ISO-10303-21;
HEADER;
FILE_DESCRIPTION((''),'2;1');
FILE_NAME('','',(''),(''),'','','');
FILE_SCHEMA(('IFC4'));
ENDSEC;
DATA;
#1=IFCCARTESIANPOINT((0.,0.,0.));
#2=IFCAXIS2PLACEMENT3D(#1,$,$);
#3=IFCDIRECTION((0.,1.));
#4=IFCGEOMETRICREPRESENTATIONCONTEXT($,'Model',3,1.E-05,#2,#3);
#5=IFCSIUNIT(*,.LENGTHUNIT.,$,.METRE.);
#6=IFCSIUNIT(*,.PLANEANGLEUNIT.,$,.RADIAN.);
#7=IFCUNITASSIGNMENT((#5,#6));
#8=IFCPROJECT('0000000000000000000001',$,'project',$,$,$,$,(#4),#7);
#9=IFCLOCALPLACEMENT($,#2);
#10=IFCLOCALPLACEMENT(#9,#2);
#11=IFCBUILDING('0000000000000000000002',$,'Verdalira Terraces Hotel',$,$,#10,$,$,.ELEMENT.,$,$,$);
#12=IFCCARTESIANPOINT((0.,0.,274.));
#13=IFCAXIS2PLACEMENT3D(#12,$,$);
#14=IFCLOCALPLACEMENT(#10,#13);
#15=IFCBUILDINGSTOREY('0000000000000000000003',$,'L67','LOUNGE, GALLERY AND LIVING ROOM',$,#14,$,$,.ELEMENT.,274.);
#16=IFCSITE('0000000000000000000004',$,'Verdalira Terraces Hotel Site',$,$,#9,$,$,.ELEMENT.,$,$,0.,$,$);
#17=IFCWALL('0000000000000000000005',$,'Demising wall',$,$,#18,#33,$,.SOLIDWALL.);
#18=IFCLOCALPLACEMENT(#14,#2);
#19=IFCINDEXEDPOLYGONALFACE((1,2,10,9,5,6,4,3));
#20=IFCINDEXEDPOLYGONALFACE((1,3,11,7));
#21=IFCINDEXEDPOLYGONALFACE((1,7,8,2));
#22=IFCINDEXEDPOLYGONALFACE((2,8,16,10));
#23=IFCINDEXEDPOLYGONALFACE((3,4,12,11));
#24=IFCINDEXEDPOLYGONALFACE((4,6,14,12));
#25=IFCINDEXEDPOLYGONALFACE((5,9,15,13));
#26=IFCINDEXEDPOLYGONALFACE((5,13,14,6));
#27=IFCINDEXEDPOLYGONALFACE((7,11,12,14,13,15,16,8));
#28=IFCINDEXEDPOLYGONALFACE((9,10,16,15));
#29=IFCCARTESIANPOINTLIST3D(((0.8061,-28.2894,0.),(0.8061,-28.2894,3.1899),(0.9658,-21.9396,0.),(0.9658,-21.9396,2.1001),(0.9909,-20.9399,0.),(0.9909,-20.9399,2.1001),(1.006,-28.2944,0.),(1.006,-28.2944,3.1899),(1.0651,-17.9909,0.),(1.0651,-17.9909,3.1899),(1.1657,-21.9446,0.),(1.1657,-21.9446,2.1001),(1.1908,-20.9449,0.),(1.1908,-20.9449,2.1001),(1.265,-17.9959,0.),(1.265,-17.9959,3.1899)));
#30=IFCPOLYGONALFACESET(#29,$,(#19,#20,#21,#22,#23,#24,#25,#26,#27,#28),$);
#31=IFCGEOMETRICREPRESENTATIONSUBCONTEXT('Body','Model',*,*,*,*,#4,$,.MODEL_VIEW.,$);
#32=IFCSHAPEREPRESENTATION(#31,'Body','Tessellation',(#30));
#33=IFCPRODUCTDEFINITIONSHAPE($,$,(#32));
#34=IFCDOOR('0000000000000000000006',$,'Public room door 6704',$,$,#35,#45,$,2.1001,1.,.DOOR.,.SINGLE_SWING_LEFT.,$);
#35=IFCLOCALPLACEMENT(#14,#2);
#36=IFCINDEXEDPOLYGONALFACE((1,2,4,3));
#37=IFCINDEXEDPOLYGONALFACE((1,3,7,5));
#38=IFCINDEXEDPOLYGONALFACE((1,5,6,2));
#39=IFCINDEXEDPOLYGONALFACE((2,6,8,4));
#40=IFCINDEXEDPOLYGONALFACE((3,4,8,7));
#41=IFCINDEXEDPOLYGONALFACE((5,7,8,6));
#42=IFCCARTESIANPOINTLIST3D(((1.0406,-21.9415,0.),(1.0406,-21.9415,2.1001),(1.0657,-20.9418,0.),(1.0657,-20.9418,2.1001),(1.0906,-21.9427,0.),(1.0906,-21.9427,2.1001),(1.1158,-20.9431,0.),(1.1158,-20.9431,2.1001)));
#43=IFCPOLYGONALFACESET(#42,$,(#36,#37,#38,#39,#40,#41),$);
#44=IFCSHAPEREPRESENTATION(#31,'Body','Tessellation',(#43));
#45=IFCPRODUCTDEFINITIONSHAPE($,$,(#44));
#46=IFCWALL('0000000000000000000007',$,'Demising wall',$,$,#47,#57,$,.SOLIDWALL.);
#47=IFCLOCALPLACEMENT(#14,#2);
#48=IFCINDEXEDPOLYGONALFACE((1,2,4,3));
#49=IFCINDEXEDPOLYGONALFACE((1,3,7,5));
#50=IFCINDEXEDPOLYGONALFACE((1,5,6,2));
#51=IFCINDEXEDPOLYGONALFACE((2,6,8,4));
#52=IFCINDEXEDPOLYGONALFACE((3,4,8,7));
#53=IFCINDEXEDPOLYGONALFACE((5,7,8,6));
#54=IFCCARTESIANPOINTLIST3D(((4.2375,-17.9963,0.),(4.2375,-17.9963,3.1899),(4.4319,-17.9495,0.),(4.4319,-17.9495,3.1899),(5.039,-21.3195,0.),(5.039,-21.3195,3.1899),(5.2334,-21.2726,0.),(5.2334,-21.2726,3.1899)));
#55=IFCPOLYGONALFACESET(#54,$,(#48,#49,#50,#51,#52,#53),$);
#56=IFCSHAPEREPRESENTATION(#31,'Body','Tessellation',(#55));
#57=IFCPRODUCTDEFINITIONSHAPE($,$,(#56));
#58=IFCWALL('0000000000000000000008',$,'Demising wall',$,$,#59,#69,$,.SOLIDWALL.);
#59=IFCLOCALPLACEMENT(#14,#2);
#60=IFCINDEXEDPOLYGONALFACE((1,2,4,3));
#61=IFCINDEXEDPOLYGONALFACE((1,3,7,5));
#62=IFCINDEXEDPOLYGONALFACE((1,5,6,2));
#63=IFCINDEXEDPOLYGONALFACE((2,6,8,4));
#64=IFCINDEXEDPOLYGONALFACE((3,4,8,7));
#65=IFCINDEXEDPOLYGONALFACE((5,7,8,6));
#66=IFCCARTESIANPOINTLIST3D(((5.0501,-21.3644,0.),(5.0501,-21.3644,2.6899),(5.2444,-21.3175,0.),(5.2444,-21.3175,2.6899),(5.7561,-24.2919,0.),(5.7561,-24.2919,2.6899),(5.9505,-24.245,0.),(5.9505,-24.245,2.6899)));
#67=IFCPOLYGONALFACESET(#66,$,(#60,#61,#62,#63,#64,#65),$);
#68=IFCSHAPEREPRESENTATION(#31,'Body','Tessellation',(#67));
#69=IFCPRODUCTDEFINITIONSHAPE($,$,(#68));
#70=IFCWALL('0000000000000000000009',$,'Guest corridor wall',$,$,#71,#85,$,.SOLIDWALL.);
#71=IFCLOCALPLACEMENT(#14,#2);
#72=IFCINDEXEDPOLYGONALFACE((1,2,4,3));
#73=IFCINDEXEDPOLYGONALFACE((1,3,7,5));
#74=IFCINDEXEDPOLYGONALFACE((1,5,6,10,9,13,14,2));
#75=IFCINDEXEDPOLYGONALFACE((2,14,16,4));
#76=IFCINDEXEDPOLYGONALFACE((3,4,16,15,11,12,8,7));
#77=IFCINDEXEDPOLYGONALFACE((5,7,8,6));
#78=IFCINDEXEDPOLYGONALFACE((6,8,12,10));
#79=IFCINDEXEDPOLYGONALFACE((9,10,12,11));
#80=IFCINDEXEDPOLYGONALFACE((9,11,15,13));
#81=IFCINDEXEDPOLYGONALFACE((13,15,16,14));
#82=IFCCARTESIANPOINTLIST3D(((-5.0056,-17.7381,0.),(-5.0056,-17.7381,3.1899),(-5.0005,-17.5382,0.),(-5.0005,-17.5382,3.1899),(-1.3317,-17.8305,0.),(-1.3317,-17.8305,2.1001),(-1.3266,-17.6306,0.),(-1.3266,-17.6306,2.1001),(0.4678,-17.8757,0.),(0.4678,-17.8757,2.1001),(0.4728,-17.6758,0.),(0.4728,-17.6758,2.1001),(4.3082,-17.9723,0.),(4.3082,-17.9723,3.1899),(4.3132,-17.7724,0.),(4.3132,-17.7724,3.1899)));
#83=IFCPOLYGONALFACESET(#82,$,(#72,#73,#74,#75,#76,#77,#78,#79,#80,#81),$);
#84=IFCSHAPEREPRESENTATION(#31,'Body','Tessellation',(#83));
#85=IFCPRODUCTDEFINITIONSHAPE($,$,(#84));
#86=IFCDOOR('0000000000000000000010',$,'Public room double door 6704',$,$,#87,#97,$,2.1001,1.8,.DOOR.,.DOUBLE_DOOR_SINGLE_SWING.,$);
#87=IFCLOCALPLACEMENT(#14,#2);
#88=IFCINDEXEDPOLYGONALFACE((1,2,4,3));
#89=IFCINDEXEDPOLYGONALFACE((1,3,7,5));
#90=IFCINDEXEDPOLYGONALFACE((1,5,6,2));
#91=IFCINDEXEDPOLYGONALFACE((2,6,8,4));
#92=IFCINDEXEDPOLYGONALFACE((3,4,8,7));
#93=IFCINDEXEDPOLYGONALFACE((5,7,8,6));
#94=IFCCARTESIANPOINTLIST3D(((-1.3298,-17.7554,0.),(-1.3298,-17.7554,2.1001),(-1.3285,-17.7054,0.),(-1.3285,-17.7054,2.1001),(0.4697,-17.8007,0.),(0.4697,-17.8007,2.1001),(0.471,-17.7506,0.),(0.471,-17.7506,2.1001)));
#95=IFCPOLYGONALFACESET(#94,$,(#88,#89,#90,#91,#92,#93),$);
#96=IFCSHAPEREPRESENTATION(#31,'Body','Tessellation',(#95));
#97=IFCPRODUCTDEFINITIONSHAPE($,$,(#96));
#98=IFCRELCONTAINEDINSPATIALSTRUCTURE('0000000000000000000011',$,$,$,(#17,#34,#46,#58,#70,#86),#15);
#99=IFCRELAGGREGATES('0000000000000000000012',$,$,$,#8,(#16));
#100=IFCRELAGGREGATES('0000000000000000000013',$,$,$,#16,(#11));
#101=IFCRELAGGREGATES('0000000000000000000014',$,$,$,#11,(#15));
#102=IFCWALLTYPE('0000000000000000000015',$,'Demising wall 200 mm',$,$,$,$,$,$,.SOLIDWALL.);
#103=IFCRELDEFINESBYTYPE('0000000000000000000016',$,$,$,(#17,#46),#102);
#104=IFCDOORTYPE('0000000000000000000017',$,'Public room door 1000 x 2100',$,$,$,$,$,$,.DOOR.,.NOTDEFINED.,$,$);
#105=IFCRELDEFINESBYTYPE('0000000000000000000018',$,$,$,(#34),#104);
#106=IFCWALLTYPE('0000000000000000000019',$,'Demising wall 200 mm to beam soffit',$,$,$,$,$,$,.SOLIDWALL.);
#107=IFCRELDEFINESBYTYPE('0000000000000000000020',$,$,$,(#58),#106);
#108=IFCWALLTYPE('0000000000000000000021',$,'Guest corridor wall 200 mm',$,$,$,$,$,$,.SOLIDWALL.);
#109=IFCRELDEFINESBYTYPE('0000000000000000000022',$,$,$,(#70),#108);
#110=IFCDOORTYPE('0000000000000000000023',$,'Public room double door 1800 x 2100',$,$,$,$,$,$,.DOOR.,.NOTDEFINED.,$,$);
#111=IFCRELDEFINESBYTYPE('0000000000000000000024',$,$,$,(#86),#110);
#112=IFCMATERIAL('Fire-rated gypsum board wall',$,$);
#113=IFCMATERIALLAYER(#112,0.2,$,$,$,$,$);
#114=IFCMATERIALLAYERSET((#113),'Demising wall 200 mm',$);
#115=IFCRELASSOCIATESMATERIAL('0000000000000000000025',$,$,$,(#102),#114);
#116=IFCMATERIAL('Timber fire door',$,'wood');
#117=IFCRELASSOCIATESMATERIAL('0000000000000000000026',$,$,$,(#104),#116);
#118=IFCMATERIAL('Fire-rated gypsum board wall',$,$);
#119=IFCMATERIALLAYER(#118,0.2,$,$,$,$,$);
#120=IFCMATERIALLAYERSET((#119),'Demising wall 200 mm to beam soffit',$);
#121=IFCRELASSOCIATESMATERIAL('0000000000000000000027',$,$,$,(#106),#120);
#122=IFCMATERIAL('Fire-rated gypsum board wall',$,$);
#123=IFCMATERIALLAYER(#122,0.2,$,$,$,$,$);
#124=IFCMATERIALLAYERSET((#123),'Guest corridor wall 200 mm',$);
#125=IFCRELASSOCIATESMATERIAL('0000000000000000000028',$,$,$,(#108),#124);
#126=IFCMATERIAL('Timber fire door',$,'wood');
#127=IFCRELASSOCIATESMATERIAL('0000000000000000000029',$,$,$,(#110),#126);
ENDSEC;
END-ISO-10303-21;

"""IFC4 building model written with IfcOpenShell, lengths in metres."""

from ifc_helpers import new_model, si_unit, direction, frame, frame_2d, origin, place, context, subcontext, project, spatial, rectangle, extrude, material, layer, layer_set, type_object, element, fill, save


model = new_model("IFC4")

# Units and contexts
model_context = context("Model", 3, precision=1e-05, world=origin(), true_north=direction((0.0, 1.0)))
body_context = subcontext(model_context, "Body", "Model", "MODEL_VIEW")
ifc_project = project(units=[si_unit("LENGTHUNIT", "METRE"), si_unit("PLANEANGLEUNIT", "RADIAN")], contexts=[model_context])

# Site, building, storey
site_placement = place(None, origin())
site = spatial("IfcSite", under=ifc_project, at=site_placement, Name="Verdalira Terraces Hotel Site", CompositionType="ELEMENT", RefElevation=0.0)
building_placement = place(site_placement, origin())
building = spatial("IfcBuilding", under=site, at=building_placement, Name="Verdalira Terraces Hotel", CompositionType="ELEMENT")
storey_placement = place(building_placement, frame((0.0, 0.0, 274.0)))
storey = spatial("IfcBuildingStorey", under=building, at=storey_placement, Name="L67", Description="LOUNGE, GALLERY AND LIVING ROOM", CompositionType="ELEMENT", Elevation=274.0)

# Wall, opening, door
ifc_material_1 = material(Name="Fire-rated gypsum board wall")
ifc_layer_1 = layer(ifc_material_1, 0.2)
ifc_layer_set_1 = layer_set([ifc_layer_1], Name="Demising wall 200 mm")
wall_type_1 = type_object("IfcWallType", Name="Demising wall 200 mm", PredefinedType="SOLIDWALL", material=ifc_layer_set_1)
wall_1_placement = place(storey_placement, frame((1.165, -17.9934, 0.0), z_axis=(0.0, 0.0, 1.0), x_axis=(-0.025144, -0.999684, 0.0)))
wall_1 = element("IfcWall", 1, at=wall_1_placement, inside=storey, type_object=wall_type_1, Name="Demising wall", PredefinedType="SOLIDWALL", context=body_context, shape_type="SweptSolid", body=[
    extrude(rectangle(XDim=10.3018, YDim=0.2, at=frame_2d((5.1509, 0.0))), origin(), (0.0, 0.0, 1.0), 3.1899),
])
opening_1_placement = place(wall_1_placement, frame((2.95, 0.0, 0.0)))
opening_1 = element("IfcOpeningElement", 2, at=opening_1_placement, cuts=wall_1, PredefinedType="OPENING", context=body_context, shape_type="SweptSolid", body=[
    extrude(rectangle(XDim=1.0, YDim=2.1001, at=frame_2d((0.5, 1.05))), frame((0.0, 0.1099, 0.0), z_axis=(0.0, -1.0, 0.0), x_axis=(1.0, 0.0, 0.0)), (0.0, 0.0, 1.0), 0.22),
])
ifc_material_2 = material(Name="Timber fire door", Category="wood")
door_type_1 = type_object("IfcDoorType", Name="Public room door 1000 x 2100", OperationType="NOTDEFINED", PredefinedType="DOOR", material=ifc_material_2)
door_1_placement = place(opening_1_placement, origin())
door_1 = element("IfcDoor", 3, at=door_1_placement, inside=storey, type_object=door_type_1, Name="Public room door 6704", OperationType="SINGLE_SWING_LEFT", OverallHeight=2.1001, OverallWidth=1.0, PredefinedType="DOOR", context=body_context, shape_type="SweptSolid", body=[
    extrude(rectangle(XDim=1.0, YDim=2.1001, at=frame_2d((0.5, 1.05))), frame((0.0, 0.0249, 0.0), z_axis=(0.0, -1.0, 0.0), x_axis=(1.0, 0.0, 0.0)), (0.0, 0.0, 1.0), 0.05),
])
fill(opening_1, door_1)

# Walls
wall_2_placement = place(storey_placement, frame((4.3347, -17.9729, 0.0), z_axis=(0.0, 0.0, 1.0), x_axis=(0.234461, -0.972125, 0.0)))
element("IfcWall", 4, at=wall_2_placement, inside=storey, type_object=wall_type_1, Name="Demising wall", PredefinedType="SOLIDWALL", context=body_context, shape_type="SweptSolid", body=[
    extrude(rectangle(XDim=3.4185, YDim=0.2, at=frame_2d((1.7092, 0.0))), origin(), (0.0, 0.0, 1.0), 3.1899),
])
ifc_material_3 = material(Name="Fire-rated gypsum board wall")
ifc_layer_2 = layer(ifc_material_3, 0.2)
ifc_layer_set_2 = layer_set([ifc_layer_2], Name="Demising wall 200 mm to beam soffit")
wall_type_2 = type_object("IfcWallType", Name="Demising wall 200 mm to beam soffit", PredefinedType="SOLIDWALL", material=ifc_layer_set_2)
wall_3_placement = place(storey_placement, frame((5.1472, -21.3408, 0.0), z_axis=(0.0, 0.0, 1.0), x_axis=(0.234458, -0.972126, 0.0)))
element("IfcWall", 5, at=wall_3_placement, inside=storey, type_object=wall_type_2, Name="Demising wall", PredefinedType="SOLIDWALL", context=body_context, shape_type="SweptSolid", body=[
    extrude(rectangle(XDim=3.0115, YDim=0.2, at=frame_2d((1.5059, 0.0))), origin(), (0.0, 0.0, 1.0), 2.6899),
])

# Wall, opening, door
ifc_material_4 = material(Name="Fire-rated gypsum board wall")
ifc_layer_3 = layer(ifc_material_4, 0.2)
ifc_layer_set_3 = layer_set([ifc_layer_3], Name="Guest corridor wall 200 mm")
wall_type_3 = type_object("IfcWallType", Name="Guest corridor wall 200 mm", PredefinedType="SOLIDWALL", material=ifc_layer_set_3)
wall_4_placement = place(storey_placement, frame((4.3105, -17.8723, 0.0), z_axis=(0.0, 0.0, 1.0), x_axis=(-0.999684, 0.02513, 0.0)))
wall_4 = element("IfcWall", 6, at=wall_4_placement, inside=storey, type_object=wall_type_3, Name="Guest corridor wall", PredefinedType="SOLIDWALL", context=body_context, shape_type="SweptSolid", body=[
    extrude(rectangle(XDim=9.3166, YDim=0.2, at=frame_2d((4.6582, 0.0))), origin(), (0.0, 0.0, 1.0), 3.1899),
])
opening_2_placement = place(wall_4_placement, frame((3.8416, 0.0, 0.0)))
opening_2 = element("IfcOpeningElement", 7, at=opening_2_placement, cuts=wall_4, PredefinedType="OPENING", context=body_context, shape_type="SweptSolid", body=[
    extrude(rectangle(XDim=1.8, YDim=2.1001, at=frame_2d((0.8999, 1.05))), frame((0.0, 0.1099, 0.0), z_axis=(0.0, -1.0, 0.0), x_axis=(1.0, 0.0, 0.0)), (0.0, 0.0, 1.0), 0.22),
])
ifc_material_5 = material(Name="Timber fire door", Category="wood")
door_type_2 = type_object("IfcDoorType", Name="Public room double door 1800 x 2100", OperationType="NOTDEFINED", PredefinedType="DOOR", material=ifc_material_5)
door_2_placement = place(opening_2_placement, origin())
door_2 = element("IfcDoor", 8, at=door_2_placement, inside=storey, type_object=door_type_2, Name="Public room double door 6704", OperationType="DOUBLE_DOOR_SINGLE_SWING", OverallHeight=2.1001, OverallWidth=1.8, PredefinedType="DOOR", context=body_context, shape_type="SweptSolid", body=[
    extrude(rectangle(XDim=1.8, YDim=2.1001, at=frame_2d((0.8999, 1.05))), frame((0.0, 0.0249, 0.0), z_axis=(0.0, -1.0, 0.0), x_axis=(1.0, 0.0, 0.0)), (0.0, 0.0, 1.0), 0.05),
])
fill(opening_2, door_2)

save(model, "model.ifc")
